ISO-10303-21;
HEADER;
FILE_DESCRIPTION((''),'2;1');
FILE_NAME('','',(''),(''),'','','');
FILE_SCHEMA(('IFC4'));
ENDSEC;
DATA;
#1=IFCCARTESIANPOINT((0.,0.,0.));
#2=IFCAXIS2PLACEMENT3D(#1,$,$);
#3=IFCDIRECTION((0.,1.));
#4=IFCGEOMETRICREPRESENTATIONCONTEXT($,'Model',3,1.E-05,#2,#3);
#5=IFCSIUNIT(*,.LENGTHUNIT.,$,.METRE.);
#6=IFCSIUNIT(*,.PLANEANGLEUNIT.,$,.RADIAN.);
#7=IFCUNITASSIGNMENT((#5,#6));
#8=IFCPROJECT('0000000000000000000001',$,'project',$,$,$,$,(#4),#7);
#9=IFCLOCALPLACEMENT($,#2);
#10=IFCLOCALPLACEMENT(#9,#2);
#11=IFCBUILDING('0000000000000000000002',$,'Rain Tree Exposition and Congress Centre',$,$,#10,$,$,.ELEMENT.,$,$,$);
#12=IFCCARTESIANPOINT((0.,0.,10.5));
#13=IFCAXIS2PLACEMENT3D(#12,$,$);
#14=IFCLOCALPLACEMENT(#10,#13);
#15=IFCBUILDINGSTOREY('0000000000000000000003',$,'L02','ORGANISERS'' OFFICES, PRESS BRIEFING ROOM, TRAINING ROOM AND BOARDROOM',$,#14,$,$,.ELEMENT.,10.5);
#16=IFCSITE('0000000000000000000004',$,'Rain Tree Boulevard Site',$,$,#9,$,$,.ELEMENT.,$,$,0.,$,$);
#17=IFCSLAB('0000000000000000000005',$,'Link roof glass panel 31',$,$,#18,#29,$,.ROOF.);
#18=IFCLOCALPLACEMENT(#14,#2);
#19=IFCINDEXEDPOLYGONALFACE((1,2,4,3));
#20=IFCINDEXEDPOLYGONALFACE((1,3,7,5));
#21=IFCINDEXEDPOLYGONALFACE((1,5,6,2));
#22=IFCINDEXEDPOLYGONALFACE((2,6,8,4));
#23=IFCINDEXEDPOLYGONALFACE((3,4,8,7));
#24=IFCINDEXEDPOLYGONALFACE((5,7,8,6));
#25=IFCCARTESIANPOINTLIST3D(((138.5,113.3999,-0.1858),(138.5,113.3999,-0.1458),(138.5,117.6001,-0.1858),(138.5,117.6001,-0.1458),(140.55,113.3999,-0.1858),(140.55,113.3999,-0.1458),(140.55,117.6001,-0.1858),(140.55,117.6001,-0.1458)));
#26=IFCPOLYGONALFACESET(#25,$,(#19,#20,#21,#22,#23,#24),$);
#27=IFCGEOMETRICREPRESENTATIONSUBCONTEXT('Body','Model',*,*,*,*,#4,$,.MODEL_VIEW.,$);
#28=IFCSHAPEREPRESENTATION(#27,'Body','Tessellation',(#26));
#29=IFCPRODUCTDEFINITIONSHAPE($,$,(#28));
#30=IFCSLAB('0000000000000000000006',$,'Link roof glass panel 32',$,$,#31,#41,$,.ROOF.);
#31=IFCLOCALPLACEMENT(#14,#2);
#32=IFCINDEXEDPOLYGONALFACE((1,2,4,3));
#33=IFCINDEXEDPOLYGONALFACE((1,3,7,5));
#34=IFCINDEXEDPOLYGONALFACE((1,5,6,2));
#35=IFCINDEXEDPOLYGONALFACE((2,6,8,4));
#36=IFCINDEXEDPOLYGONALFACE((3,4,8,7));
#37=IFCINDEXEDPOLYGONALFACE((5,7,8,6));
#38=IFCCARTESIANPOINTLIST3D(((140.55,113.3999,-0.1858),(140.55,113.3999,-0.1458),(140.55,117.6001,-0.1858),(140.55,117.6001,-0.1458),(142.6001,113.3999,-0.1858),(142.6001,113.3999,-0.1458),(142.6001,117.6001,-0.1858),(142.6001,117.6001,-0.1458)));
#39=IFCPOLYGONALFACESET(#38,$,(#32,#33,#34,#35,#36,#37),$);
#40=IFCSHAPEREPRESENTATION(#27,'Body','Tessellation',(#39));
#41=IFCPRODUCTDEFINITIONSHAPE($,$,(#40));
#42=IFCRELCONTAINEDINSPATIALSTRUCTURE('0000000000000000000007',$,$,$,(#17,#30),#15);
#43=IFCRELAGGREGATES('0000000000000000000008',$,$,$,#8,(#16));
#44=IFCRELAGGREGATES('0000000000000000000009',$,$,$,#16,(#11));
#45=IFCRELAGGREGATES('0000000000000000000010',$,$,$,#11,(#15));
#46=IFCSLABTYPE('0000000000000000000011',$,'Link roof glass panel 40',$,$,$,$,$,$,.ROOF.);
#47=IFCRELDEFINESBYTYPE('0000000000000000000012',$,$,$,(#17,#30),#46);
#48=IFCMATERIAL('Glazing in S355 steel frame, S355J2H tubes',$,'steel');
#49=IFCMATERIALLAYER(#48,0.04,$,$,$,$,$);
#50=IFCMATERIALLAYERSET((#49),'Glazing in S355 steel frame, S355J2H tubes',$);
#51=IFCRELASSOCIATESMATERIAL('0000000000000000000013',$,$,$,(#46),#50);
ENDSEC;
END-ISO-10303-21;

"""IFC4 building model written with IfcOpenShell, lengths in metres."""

from ifc_helpers import new_model, si_unit, direction, frame, origin, place, context, subcontext, project, spatial, polyline, outline, extrude, material, layer, layer_set, type_object, element, save


model = new_model("IFC4")

# Units and contexts
model_context = context("Model", 3, precision=1e-05, world=origin(), true_north=direction((0.0, 1.0)))
body_context = subcontext(model_context, "Body", "Model", "MODEL_VIEW")
ifc_project = project(units=[si_unit("LENGTHUNIT", "METRE"), si_unit("PLANEANGLEUNIT", "RADIAN")], contexts=[model_context])

# Site, building, storey
site_placement = place(None, origin())
site = spatial("IfcSite", under=ifc_project, at=site_placement, Name="Rain Tree Boulevard Site", CompositionType="ELEMENT", RefElevation=0.0)
building_placement = place(site_placement, origin())
building = spatial("IfcBuilding", under=site, at=building_placement, Name="Rain Tree Exposition and Congress Centre", CompositionType="ELEMENT")
storey_placement = place(building_placement, frame((0.0, 0.0, 10.5)))
storey = spatial("IfcBuildingStorey", under=building, at=storey_placement, Name="L02", Description="ORGANISERS' OFFICES, PRESS BRIEFING ROOM, TRAINING ROOM AND BOARDROOM", CompositionType="ELEMENT", Elevation=10.5)

# Slabs
ifc_material = material(Name="Glazing in S355 steel frame, S355J2H tubes", Category="steel")
ifc_layer = layer(ifc_material, 0.04)
ifc_layer_set = layer_set([ifc_layer], Name="Glazing in S355 steel frame, S355J2H tubes")
slab_type = type_object("IfcSlabType", Name="Link roof glass panel 40", PredefinedType="ROOF", material=ifc_layer_set)
slab_1_placement = place(storey_placement, frame((0.0, 0.0, -0.1858)))
element("IfcSlab", 1, at=slab_1_placement, inside=storey, type_object=slab_type, Name="Link roof glass panel 31", PredefinedType="ROOF", context=body_context, shape_type="SweptSolid", body=[
    extrude(outline(polyline([(138.5, 113.3999), (140.55, 113.3999), (140.55, 117.6001), (138.5, 117.6001), (138.5, 113.3999)])), origin(), (0.0, 0.0, 1.0), 0.04),
])
slab_2_placement = place(storey_placement, frame((0.0, 0.0, -0.1858)))
element("IfcSlab", 2, at=slab_2_placement, inside=storey, type_object=slab_type, Name="Link roof glass panel 32", PredefinedType="ROOF", context=body_context, shape_type="SweptSolid", body=[
    extrude(outline(polyline([(140.55, 113.3999), (142.6001, 113.3999), (142.6001, 117.6001), (140.55, 117.6001), (140.55, 113.3999)])), origin(), (0.0, 0.0, 1.0), 0.04),
])

save(model, "model.ifc")
